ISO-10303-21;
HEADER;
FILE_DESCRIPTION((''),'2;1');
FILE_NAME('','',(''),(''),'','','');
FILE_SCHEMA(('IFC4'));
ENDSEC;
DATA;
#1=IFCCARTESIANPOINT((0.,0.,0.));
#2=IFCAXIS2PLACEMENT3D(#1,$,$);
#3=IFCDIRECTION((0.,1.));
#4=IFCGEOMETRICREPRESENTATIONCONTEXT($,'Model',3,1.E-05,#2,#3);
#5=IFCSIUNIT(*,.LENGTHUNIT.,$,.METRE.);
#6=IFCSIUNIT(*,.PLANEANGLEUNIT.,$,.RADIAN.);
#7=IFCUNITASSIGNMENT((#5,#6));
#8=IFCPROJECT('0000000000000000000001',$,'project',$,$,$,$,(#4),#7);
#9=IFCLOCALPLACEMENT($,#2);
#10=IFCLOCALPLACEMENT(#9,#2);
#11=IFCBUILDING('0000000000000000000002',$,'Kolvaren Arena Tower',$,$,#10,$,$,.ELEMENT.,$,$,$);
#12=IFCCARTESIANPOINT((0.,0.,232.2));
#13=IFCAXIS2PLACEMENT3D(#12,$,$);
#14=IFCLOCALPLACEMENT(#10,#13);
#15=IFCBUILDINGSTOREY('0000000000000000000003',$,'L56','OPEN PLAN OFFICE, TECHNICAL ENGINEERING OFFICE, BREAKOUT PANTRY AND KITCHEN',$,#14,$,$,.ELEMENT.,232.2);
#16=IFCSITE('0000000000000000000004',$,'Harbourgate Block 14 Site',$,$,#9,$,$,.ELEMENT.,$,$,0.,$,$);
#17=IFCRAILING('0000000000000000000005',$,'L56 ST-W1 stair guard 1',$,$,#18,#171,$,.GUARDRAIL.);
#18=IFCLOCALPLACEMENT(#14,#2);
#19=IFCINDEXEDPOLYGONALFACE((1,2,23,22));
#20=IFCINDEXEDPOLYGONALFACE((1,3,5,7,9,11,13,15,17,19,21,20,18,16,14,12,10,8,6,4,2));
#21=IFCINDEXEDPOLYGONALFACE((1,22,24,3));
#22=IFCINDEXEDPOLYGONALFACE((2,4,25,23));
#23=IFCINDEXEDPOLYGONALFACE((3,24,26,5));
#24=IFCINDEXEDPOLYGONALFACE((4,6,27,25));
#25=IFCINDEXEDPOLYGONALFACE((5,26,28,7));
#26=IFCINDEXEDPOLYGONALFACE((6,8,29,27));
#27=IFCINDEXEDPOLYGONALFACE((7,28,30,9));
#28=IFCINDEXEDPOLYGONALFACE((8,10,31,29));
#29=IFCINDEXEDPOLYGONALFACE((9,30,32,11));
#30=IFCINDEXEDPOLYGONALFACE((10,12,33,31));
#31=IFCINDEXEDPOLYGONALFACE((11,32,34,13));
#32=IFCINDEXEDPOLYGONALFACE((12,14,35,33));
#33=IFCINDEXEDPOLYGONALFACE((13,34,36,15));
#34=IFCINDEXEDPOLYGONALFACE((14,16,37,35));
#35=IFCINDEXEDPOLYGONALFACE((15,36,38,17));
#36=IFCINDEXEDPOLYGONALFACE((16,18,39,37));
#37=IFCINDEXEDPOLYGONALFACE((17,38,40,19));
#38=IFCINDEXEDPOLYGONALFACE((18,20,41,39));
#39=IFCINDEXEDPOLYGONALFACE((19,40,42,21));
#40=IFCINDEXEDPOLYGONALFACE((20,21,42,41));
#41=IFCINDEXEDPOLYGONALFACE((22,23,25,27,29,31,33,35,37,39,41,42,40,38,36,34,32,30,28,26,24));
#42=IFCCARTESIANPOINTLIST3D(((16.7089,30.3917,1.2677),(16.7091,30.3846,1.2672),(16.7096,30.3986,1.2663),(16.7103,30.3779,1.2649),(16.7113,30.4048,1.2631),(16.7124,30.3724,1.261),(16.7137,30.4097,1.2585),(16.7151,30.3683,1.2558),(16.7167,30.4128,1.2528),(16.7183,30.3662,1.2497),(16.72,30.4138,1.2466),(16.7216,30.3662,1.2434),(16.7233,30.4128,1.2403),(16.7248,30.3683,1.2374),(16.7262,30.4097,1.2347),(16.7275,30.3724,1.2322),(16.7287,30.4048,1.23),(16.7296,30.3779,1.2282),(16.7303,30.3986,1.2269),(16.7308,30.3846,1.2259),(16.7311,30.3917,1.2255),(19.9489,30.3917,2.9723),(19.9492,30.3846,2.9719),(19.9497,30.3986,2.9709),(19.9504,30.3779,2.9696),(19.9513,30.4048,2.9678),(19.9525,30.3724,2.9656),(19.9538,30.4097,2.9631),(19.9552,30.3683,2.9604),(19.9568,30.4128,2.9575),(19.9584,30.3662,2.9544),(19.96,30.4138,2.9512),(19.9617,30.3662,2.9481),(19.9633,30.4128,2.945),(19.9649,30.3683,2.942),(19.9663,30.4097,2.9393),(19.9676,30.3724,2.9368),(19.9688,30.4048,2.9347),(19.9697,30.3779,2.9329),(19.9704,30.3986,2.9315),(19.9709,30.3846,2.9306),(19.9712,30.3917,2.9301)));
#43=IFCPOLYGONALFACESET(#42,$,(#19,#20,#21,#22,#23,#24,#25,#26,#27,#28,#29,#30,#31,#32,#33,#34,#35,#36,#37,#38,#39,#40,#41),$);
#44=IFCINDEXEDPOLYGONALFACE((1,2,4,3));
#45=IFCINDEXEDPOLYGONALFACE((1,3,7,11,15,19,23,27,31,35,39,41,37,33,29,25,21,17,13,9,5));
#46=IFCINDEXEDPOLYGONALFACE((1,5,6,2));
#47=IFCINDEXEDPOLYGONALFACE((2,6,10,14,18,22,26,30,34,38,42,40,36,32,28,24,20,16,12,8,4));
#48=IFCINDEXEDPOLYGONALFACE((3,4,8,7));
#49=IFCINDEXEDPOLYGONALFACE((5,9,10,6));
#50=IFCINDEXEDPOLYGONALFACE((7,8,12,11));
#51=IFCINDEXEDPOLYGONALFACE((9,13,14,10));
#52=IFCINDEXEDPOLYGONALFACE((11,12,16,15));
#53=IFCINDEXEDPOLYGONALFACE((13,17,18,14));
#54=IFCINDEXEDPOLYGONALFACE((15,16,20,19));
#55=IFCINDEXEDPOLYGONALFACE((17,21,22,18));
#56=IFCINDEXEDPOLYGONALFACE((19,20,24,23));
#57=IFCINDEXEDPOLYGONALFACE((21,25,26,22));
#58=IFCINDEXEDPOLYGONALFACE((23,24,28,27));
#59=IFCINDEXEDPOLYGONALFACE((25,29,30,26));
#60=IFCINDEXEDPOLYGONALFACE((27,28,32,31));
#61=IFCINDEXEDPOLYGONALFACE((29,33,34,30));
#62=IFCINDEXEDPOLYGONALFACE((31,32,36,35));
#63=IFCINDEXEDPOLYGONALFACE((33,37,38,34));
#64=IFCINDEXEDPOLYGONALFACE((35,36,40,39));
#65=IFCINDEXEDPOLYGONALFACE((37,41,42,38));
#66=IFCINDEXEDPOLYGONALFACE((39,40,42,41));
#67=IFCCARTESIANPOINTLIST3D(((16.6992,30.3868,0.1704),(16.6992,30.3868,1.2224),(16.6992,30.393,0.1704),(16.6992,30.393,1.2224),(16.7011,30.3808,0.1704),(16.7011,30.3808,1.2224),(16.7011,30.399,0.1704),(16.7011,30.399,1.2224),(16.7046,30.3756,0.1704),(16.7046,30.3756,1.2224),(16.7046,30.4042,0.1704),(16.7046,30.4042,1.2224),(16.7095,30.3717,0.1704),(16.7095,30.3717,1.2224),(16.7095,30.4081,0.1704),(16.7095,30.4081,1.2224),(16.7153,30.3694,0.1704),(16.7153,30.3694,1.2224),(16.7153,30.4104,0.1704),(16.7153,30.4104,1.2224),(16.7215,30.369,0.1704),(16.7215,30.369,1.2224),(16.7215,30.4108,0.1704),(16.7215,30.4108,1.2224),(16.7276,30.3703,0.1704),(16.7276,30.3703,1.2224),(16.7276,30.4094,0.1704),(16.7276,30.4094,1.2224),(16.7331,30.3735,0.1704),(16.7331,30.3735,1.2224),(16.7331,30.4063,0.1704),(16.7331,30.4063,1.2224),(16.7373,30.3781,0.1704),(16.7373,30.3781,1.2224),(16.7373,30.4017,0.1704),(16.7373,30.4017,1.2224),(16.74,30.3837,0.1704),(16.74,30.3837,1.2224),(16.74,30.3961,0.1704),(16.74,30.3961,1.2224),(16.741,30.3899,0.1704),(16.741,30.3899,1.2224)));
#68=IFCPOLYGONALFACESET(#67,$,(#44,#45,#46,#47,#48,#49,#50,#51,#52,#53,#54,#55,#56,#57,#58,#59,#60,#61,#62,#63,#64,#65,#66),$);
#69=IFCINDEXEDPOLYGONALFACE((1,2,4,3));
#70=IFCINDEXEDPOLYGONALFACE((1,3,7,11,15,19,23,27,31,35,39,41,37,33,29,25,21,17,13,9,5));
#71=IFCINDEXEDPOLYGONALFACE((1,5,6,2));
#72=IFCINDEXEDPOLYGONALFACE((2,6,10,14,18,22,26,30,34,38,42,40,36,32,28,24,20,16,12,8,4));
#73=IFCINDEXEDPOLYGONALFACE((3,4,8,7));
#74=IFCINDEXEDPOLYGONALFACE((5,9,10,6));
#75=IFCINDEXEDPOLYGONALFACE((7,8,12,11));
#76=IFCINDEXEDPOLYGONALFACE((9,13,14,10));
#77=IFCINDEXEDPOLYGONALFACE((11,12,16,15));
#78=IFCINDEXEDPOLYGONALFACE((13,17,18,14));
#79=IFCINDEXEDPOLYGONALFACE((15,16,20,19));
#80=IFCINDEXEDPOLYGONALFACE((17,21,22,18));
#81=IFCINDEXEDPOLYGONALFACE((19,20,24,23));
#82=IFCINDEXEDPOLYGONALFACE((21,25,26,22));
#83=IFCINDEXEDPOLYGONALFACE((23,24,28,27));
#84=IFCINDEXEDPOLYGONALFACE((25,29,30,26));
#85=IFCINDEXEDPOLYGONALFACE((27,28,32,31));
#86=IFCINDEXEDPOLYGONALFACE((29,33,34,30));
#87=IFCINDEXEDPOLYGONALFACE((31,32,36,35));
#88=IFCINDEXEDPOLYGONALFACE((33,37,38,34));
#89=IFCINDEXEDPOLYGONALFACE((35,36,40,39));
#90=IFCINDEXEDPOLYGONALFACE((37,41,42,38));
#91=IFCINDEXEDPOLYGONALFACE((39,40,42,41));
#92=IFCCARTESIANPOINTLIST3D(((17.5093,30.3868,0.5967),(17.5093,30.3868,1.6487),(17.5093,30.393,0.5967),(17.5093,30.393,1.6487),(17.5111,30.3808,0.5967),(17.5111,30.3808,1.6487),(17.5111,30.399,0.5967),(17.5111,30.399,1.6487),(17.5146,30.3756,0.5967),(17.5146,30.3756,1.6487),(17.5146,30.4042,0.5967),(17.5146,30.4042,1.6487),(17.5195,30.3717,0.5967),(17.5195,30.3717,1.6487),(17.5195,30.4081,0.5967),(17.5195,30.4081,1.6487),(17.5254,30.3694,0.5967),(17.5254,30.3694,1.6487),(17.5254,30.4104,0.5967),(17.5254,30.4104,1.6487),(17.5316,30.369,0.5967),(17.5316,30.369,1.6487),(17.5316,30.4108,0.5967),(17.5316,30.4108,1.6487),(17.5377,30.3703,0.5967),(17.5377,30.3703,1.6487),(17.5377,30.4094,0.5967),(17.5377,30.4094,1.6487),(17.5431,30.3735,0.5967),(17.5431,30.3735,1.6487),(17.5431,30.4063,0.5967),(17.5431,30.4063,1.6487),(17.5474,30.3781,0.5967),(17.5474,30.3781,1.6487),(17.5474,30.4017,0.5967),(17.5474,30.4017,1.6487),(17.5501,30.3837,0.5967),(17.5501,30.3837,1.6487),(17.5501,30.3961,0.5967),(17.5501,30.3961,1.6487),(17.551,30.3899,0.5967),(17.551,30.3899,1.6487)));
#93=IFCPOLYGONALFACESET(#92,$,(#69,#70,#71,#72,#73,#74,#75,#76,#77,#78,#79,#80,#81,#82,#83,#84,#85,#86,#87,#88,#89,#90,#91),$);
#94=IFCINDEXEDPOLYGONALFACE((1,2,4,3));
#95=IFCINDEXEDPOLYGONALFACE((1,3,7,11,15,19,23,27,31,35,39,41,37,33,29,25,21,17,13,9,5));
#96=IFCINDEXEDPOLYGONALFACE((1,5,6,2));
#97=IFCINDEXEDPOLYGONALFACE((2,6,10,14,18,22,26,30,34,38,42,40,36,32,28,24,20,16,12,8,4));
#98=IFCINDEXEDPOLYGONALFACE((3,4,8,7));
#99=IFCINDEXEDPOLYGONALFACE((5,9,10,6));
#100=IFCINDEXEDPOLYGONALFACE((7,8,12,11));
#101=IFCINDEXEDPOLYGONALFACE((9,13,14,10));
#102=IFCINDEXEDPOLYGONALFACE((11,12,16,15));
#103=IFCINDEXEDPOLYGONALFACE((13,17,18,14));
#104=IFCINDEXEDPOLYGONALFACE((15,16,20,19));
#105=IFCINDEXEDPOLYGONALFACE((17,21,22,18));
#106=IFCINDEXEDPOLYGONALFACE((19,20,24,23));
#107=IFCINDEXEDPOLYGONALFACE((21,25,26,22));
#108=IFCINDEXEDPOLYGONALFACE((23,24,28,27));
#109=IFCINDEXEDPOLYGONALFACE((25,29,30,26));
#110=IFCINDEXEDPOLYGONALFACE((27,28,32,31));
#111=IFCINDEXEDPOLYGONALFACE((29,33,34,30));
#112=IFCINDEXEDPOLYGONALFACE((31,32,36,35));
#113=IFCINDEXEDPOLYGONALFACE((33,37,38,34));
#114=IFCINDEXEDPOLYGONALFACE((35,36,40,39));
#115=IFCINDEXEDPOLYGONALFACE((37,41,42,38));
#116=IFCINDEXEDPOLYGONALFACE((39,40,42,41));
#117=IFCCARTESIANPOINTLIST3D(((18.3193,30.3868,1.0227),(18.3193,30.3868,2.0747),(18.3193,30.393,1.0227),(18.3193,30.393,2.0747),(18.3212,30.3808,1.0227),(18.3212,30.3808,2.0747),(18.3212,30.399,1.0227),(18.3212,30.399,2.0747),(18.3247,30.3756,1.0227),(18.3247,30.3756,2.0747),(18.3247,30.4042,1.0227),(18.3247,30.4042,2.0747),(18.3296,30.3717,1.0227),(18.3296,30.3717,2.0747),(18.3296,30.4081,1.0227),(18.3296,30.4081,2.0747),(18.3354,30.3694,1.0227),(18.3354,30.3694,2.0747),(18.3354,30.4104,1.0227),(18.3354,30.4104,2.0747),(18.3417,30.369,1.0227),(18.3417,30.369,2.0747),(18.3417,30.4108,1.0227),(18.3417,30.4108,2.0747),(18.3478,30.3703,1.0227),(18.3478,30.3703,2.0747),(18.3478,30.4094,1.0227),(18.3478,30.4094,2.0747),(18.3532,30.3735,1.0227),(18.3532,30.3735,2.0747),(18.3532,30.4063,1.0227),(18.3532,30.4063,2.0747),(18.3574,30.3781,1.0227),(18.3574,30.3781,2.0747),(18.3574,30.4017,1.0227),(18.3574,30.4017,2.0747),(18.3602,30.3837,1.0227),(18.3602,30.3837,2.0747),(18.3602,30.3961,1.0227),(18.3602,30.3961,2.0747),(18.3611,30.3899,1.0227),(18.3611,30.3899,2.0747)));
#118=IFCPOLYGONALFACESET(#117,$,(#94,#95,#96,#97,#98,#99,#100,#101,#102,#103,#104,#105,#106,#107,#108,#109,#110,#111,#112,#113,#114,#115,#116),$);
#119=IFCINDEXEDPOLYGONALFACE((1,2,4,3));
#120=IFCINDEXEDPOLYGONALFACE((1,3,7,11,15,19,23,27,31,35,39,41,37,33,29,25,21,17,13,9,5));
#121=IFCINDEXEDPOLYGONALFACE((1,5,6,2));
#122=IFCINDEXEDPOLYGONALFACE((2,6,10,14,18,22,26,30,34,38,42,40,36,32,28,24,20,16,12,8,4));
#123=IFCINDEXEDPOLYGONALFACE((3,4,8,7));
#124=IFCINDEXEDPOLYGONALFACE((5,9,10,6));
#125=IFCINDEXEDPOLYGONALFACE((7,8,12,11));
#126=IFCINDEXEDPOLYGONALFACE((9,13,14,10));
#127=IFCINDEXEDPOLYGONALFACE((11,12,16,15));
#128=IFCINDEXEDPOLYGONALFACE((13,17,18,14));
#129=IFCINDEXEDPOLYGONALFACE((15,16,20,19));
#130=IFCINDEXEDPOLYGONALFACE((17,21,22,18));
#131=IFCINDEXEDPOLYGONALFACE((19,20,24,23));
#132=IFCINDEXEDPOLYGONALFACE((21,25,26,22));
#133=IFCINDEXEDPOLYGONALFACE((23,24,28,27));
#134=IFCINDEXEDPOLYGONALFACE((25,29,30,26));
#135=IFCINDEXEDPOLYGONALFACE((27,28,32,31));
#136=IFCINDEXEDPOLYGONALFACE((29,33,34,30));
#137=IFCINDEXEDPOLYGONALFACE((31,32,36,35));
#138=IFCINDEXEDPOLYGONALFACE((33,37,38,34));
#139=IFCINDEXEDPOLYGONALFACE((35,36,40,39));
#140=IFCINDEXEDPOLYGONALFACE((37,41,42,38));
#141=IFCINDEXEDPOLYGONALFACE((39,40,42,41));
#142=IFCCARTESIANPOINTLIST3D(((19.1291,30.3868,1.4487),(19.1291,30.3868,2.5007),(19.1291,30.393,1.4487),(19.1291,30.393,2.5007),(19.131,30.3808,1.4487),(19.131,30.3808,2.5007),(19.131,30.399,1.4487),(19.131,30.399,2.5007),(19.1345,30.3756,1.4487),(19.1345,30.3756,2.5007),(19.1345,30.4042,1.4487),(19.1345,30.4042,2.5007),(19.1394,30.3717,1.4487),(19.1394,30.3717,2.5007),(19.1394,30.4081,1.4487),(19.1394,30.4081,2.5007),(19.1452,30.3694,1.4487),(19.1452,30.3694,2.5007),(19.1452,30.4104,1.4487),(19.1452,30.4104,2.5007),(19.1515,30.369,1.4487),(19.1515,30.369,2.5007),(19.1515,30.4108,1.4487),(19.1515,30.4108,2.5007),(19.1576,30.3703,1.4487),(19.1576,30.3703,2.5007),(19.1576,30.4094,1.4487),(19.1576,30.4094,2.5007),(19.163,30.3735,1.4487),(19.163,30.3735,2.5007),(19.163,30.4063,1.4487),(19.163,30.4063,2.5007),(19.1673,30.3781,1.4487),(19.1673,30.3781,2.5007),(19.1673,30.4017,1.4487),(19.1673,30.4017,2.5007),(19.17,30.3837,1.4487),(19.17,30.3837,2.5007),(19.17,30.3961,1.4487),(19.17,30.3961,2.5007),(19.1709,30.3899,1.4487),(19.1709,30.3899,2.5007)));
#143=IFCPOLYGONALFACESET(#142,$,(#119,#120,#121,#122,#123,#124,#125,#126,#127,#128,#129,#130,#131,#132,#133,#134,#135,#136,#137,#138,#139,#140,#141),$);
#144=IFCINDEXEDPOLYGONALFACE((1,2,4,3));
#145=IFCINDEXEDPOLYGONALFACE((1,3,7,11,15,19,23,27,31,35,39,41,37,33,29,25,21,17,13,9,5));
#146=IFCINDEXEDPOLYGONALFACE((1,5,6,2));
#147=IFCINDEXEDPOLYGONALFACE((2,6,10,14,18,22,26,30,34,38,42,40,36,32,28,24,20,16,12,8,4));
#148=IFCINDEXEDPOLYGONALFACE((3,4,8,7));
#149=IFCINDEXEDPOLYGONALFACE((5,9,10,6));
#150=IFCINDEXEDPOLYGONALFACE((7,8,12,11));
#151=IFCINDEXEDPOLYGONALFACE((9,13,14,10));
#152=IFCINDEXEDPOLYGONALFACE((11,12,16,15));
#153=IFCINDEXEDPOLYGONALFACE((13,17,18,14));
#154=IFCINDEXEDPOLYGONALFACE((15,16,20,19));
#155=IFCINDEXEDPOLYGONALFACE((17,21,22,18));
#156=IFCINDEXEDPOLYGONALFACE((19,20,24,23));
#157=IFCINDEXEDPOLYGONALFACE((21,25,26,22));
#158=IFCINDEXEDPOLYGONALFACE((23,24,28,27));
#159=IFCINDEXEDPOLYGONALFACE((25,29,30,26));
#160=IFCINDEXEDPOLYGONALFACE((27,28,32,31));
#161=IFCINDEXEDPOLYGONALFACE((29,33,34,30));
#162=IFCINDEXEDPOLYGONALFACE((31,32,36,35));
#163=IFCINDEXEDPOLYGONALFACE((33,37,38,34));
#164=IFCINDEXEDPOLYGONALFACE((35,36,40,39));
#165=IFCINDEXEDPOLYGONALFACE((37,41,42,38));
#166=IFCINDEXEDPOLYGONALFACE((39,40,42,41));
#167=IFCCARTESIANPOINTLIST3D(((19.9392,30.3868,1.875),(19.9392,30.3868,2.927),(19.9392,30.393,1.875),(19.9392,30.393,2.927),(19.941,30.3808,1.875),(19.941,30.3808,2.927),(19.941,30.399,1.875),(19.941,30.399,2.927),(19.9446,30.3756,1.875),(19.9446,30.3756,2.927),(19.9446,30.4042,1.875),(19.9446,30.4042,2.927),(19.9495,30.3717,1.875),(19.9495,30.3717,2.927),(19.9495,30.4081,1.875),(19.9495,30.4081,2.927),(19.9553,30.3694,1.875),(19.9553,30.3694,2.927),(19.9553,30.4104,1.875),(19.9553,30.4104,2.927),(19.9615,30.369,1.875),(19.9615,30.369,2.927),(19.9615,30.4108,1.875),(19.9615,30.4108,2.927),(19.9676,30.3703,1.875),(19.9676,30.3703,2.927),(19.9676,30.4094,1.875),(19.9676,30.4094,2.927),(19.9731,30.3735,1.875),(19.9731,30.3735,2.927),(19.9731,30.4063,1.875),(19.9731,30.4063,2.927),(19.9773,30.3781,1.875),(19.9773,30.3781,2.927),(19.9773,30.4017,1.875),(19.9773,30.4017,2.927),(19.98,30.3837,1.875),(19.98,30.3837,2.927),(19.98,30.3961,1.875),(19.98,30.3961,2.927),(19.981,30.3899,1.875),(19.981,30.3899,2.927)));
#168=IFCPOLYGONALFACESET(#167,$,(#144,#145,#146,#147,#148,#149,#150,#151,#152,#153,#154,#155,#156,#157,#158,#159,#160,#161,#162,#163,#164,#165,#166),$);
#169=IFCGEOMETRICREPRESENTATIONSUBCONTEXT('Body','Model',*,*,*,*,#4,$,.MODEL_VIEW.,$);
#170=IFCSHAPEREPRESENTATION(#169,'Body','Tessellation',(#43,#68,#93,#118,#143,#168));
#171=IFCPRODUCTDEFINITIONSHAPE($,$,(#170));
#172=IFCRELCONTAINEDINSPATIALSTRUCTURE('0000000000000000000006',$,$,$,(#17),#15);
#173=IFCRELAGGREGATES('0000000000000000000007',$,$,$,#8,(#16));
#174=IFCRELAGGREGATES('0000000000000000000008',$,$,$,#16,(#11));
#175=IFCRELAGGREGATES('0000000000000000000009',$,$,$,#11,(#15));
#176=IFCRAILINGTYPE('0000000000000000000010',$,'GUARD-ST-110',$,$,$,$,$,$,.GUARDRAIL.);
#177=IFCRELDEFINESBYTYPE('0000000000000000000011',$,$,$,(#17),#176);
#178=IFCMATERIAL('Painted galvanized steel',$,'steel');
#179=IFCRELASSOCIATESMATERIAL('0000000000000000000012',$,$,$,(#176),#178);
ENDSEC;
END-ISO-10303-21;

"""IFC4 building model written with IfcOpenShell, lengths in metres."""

from ifc_helpers import new_model, si_unit, direction, frame, origin, origin_2d, place, context, subcontext, project, spatial, circle, extrude, material, type_object, element, save


model = new_model("IFC4")

# Units and contexts
model_context = context("Model", 3, precision=1e-05, world=origin(), true_north=direction((0.0, 1.0)))
body_context = subcontext(model_context, "Body", "Model", "MODEL_VIEW")
ifc_project = project(units=[si_unit("LENGTHUNIT", "METRE"), si_unit("PLANEANGLEUNIT", "RADIAN")], contexts=[model_context])

# Site, building, storey
site_placement = place(None, origin())
site = spatial("IfcSite", under=ifc_project, at=site_placement, Name="Harbourgate Block 14 Site", CompositionType="ELEMENT", RefElevation=0.0)
building_placement = place(site_placement, origin())
building = spatial("IfcBuilding", under=site, at=building_placement, Name="Kolvaren Arena Tower", CompositionType="ELEMENT")
storey_placement = place(building_placement, frame((0.0, 0.0, 232.2)))
storey = spatial("IfcBuildingStorey", under=building, at=storey_placement, Name="L56", Description="OPEN PLAN OFFICE, TECHNICAL ENGINEERING OFFICE, BREAKOUT PANTRY AND KITCHEN", CompositionType="ELEMENT", Elevation=232.2)

# Railing
ifc_material_1 = material(Name="Painted galvanized steel", Category="steel")
railing_type_1 = type_object("IfcRailingType", Name="GUARD-ST-110", PredefinedType="GUARDRAIL", material=ifc_material_1)
railing_1_placement = place(storey_placement, frame((16.72, 30.3899, 0.1704)))
element("IfcRailing", 1, at=railing_1_placement, inside=storey, type_object=railing_type_1, Name="L56 ST-W1 stair guard 1", PredefinedType="GUARDRAIL", context=body_context, shape_type="SweptSolid", body=[
    extrude(circle(Radius=0.0239, at=origin_2d()), frame((0.0, 0.0, 1.0762), z_axis=(0.884993, 0.0, 0.465604), x_axis=(0.0, 1.0, 0.0)), (0.0, 0.0, 1.0), 3.6611),
    extrude(circle(Radius=0.021, at=origin_2d()), origin(), (0.0, 0.0, 1.0), 1.052),
    extrude(circle(Radius=0.021, at=origin_2d()), frame((0.8101, 0.0, 0.4263)), (0.0, 0.0, 1.0), 1.052),
    extrude(circle(Radius=0.021, at=origin_2d()), frame((1.6201, 0.0, 0.8523)), (0.0, 0.0, 1.0), 1.052),
    extrude(circle(Radius=0.021, at=origin_2d()), frame((2.4299, 0.0, 1.2783)), (0.0, 0.0, 1.0), 1.052),
    extrude(circle(Radius=0.021, at=origin_2d()), frame((3.24, 0.0, 1.7046)), (0.0, 0.0, 1.0), 1.052),
])

save(model, "model.ifc")
